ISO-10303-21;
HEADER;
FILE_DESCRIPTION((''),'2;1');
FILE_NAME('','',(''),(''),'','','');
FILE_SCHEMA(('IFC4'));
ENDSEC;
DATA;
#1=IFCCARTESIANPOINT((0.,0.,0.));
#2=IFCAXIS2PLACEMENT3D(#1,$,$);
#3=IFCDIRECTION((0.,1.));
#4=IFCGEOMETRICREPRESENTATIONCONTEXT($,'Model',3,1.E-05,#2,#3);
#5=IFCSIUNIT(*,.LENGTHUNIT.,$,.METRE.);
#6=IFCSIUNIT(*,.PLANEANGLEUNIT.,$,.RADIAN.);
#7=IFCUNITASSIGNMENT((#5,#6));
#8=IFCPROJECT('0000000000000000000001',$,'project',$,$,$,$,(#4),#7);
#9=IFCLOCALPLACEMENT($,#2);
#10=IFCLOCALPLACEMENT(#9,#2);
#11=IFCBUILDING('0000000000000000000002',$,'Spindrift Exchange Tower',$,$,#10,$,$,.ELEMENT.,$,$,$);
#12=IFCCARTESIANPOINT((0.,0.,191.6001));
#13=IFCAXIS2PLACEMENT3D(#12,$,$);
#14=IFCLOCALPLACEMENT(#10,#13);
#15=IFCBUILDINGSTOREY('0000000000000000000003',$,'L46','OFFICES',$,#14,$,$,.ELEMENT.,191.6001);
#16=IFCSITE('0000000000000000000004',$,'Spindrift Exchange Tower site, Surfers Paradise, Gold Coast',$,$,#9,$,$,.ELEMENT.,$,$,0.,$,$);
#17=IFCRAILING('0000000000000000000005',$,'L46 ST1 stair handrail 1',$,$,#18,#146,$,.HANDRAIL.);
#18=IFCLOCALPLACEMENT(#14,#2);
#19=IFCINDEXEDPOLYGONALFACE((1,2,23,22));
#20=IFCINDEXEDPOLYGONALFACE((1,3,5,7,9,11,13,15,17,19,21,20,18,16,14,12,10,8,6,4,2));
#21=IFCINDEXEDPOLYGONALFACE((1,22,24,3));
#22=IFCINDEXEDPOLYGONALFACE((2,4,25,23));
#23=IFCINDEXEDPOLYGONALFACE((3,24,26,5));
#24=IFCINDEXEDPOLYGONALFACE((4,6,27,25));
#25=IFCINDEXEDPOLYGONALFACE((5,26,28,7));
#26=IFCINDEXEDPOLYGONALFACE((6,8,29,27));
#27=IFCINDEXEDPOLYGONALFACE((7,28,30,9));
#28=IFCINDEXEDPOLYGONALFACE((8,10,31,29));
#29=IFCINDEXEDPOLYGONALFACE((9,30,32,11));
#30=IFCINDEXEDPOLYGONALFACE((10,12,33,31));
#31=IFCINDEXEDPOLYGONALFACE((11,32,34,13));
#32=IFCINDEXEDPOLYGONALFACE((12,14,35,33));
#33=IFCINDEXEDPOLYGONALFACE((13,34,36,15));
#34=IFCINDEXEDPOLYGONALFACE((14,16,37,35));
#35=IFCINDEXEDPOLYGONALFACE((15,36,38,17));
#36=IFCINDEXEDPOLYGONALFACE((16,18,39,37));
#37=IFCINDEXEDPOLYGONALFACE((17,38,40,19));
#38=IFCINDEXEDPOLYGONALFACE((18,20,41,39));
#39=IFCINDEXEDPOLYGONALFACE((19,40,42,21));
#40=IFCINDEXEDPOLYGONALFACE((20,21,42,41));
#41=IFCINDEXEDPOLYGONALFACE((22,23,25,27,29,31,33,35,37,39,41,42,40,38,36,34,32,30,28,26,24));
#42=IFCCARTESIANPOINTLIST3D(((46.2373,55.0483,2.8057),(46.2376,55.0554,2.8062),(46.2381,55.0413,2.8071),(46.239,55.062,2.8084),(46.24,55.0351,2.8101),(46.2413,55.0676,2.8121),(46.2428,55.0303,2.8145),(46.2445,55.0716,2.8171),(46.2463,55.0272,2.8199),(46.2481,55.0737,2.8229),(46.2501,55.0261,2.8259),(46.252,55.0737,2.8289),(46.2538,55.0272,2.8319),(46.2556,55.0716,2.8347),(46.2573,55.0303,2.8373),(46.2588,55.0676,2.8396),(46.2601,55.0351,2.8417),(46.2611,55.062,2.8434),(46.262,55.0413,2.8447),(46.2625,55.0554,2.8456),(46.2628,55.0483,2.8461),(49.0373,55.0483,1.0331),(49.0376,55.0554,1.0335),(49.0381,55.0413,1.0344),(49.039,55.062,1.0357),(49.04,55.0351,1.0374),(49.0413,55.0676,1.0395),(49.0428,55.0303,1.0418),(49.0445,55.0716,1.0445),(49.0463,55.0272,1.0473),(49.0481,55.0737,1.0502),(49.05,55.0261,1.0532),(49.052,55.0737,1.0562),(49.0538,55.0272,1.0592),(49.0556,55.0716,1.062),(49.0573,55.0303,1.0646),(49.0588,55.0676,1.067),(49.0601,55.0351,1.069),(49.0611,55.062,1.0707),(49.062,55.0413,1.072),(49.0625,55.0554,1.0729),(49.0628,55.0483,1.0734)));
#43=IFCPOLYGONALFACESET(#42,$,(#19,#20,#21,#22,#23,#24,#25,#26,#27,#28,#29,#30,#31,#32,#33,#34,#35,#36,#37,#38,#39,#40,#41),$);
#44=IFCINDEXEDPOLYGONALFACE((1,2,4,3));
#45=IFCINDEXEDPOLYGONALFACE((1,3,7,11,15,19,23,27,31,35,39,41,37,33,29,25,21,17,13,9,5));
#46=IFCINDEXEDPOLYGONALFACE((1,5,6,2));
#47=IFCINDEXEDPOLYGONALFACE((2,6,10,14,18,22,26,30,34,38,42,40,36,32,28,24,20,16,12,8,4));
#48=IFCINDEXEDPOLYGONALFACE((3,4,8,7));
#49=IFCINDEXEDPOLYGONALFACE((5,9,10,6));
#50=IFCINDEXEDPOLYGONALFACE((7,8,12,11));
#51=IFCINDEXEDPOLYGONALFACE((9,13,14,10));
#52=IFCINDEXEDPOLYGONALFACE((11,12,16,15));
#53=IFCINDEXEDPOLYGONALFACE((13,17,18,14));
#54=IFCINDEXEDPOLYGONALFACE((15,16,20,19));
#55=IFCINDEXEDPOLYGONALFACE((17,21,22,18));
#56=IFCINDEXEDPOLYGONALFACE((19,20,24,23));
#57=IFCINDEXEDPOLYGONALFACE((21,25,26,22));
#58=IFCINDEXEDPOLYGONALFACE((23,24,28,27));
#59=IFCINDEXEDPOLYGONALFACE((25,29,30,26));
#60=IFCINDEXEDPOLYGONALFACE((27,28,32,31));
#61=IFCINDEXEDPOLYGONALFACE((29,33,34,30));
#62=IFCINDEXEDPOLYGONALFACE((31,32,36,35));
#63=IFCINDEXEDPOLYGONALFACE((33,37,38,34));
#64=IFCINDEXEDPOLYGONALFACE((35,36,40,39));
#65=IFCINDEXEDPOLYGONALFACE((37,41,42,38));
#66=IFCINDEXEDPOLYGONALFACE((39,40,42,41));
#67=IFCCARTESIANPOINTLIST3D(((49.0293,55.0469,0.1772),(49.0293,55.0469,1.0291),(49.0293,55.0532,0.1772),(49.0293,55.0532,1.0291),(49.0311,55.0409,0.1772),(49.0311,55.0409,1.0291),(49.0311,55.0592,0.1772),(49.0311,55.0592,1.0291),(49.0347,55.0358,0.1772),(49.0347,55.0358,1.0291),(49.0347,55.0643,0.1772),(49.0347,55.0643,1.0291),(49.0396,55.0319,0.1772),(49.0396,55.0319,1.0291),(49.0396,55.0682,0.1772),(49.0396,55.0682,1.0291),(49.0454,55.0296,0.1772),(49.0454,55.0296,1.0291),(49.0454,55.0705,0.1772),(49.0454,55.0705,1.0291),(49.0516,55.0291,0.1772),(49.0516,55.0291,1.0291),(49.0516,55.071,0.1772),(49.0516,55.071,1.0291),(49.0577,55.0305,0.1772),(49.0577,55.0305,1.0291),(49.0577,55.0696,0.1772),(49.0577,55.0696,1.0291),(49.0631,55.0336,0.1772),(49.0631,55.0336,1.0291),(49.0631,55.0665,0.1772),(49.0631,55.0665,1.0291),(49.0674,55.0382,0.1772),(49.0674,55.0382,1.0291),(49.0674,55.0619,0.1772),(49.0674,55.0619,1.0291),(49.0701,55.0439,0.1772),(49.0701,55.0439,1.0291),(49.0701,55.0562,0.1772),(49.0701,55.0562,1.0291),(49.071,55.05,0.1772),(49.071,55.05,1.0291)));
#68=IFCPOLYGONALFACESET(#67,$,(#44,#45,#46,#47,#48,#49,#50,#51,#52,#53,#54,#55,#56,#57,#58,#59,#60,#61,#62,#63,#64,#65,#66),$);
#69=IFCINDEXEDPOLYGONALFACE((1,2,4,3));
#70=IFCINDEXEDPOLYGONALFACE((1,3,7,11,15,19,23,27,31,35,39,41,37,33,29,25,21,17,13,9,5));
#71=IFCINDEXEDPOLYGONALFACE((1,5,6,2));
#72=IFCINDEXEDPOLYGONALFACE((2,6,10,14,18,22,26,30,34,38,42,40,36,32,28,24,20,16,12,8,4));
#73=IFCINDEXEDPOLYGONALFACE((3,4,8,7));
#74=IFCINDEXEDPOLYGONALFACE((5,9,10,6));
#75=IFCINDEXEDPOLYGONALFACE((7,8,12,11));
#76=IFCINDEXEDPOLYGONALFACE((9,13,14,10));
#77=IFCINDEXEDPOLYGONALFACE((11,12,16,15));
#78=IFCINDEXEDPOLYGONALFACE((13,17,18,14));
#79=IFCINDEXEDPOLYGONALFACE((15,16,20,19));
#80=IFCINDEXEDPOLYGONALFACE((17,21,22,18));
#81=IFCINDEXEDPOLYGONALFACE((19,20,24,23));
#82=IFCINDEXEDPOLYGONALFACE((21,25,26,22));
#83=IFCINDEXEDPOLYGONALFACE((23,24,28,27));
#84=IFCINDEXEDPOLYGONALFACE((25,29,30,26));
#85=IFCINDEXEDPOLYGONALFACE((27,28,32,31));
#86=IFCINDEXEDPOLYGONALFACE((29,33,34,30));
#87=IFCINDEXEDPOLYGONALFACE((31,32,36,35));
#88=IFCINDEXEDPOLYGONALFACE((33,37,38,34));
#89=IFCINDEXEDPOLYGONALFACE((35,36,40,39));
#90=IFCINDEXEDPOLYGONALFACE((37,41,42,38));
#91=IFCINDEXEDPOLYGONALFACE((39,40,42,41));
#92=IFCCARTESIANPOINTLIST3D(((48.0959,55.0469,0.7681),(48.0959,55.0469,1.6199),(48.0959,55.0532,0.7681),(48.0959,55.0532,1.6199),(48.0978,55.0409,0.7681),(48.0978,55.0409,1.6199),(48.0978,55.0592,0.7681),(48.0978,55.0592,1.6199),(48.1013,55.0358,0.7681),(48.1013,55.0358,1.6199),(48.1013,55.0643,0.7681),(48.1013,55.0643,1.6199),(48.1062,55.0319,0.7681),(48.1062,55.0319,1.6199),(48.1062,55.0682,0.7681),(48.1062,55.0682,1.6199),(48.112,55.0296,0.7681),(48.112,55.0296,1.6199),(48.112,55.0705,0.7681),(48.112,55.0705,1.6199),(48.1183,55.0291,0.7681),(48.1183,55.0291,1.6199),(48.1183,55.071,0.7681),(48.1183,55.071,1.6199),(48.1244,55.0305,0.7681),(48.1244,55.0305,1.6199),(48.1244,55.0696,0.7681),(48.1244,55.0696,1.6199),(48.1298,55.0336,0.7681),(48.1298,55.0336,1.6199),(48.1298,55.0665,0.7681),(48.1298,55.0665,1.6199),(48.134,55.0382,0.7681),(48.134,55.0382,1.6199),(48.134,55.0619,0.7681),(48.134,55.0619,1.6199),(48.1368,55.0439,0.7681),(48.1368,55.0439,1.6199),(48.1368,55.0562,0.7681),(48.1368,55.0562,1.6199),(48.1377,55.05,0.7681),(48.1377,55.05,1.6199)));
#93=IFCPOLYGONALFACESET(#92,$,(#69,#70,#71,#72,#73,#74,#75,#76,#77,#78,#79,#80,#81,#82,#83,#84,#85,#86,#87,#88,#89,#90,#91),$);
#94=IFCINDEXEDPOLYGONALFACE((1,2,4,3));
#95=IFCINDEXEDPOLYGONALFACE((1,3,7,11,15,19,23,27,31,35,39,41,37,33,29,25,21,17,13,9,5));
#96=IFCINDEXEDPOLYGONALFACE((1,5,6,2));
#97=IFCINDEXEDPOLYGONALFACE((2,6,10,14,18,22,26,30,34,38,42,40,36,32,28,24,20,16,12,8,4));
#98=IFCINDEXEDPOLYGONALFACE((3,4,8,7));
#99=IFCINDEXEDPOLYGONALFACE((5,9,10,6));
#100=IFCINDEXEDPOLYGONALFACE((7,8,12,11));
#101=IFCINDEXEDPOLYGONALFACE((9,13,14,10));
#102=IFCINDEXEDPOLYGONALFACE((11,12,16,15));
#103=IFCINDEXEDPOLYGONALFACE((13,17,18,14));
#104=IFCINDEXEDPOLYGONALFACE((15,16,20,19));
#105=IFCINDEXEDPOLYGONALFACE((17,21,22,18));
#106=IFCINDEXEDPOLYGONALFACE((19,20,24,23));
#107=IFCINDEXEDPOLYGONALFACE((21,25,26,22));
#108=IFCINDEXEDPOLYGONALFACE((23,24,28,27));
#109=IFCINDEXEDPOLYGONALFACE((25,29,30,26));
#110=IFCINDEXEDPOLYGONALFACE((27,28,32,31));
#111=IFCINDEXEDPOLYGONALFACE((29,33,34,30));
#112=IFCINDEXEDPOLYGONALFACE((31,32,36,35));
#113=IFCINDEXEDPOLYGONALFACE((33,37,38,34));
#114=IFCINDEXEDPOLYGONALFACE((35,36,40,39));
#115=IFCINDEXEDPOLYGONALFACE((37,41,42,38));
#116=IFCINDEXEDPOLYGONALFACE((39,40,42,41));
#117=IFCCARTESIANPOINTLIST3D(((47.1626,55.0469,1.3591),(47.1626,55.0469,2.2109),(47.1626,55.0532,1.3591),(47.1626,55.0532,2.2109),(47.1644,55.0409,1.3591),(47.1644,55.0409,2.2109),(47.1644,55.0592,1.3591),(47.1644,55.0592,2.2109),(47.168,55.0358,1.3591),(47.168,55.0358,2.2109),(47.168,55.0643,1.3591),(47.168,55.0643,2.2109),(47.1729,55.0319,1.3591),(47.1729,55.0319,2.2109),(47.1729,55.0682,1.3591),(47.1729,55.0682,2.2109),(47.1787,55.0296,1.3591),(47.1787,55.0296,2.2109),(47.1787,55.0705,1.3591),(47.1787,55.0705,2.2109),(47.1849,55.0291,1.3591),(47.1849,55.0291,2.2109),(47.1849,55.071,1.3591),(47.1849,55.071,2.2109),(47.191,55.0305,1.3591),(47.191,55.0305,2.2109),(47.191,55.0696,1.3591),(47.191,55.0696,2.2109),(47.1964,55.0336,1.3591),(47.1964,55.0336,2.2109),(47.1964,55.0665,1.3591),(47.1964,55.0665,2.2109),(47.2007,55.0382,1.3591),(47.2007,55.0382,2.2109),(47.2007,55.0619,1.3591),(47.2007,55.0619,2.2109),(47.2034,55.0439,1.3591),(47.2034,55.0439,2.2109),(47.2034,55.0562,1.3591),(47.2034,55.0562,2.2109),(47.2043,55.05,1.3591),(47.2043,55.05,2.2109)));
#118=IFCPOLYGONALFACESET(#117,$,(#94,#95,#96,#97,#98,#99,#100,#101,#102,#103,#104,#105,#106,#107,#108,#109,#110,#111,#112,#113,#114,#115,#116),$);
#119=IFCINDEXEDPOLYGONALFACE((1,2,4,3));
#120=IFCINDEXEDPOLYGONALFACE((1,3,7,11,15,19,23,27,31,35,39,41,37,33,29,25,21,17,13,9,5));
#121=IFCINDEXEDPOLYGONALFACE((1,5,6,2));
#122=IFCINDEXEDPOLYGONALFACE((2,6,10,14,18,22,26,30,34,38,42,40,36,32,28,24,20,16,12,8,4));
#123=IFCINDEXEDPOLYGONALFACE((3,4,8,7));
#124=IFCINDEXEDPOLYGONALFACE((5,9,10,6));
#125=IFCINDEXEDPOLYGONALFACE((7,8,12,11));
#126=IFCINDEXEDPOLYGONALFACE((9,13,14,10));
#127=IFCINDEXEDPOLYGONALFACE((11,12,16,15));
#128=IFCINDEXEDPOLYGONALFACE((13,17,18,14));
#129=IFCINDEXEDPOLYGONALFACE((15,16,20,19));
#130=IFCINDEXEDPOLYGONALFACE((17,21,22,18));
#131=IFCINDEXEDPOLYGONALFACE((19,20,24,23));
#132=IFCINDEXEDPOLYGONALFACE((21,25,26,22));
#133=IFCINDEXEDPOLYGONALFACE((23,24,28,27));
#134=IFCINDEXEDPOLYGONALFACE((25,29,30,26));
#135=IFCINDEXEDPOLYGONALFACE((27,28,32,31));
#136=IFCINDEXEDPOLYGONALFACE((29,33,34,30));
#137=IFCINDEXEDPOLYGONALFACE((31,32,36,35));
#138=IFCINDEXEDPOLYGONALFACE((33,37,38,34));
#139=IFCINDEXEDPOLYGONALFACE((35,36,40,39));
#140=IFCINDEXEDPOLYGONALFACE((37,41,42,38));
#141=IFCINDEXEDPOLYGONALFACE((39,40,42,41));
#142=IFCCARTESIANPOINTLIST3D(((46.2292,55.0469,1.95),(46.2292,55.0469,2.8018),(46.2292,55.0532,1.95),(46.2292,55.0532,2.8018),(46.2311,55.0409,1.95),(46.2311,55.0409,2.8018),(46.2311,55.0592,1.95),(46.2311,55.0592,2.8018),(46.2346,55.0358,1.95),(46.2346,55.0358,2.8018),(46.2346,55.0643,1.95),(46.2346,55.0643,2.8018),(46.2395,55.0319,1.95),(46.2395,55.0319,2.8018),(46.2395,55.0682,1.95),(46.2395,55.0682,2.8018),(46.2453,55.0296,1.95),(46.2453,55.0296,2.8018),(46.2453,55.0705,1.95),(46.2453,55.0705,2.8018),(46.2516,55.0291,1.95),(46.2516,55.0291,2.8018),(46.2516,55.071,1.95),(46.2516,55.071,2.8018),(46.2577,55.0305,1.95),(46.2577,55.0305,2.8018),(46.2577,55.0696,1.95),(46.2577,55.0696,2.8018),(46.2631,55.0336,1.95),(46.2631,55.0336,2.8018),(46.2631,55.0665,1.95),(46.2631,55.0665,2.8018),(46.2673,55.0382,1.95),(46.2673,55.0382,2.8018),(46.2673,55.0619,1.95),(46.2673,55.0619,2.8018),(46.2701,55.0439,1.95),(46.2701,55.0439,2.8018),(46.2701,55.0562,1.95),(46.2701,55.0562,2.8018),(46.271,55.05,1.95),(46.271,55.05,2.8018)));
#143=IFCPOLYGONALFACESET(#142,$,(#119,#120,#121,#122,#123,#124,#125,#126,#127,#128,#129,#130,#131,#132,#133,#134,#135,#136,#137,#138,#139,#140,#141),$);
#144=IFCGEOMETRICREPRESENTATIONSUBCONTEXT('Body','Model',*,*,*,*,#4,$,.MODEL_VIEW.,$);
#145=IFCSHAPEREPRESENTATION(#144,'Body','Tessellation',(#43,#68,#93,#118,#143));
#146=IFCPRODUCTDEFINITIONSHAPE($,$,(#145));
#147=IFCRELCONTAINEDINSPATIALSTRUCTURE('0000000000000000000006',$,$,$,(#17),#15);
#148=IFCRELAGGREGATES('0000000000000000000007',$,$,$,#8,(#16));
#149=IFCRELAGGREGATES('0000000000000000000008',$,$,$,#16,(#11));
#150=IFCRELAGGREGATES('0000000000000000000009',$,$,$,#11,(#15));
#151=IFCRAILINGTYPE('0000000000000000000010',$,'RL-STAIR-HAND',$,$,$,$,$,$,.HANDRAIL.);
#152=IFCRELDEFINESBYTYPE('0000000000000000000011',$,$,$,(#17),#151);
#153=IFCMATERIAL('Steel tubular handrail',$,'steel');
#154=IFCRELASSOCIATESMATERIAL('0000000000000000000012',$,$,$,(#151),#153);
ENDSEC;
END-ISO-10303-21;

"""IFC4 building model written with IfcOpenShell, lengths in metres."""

from ifc_helpers import new_model, si_unit, direction, frame, origin, origin_2d, place, context, subcontext, project, spatial, circle, extrude, material, type_object, element, save


model = new_model("IFC4")

# Units and contexts
model_context = context("Model", 3, precision=1e-05, world=origin(), true_north=direction((0.0, 1.0)))
body_context = subcontext(model_context, "Body", "Model", "MODEL_VIEW")
ifc_project = project(units=[si_unit("LENGTHUNIT", "METRE"), si_unit("PLANEANGLEUNIT", "RADIAN")], contexts=[model_context])

# Site, building, storey
site_placement = place(None, origin())
site = spatial("IfcSite", under=ifc_project, at=site_placement, Name="Spindrift Exchange Tower site, Surfers Paradise, Gold Coast", CompositionType="ELEMENT", RefElevation=0.0)
building_placement = place(site_placement, origin())
building = spatial("IfcBuilding", under=site, at=building_placement, Name="Spindrift Exchange Tower", CompositionType="ELEMENT")
storey_placement = place(building_placement, frame((0.0, 0.0, 191.6001)))
storey = spatial("IfcBuildingStorey", under=building, at=storey_placement, Name="L46", Description="OFFICES", CompositionType="ELEMENT", Elevation=191.6001)

# Railing
ifc_material_1 = material(Name="Steel tubular handrail", Category="steel")
railing_type_1 = type_object("IfcRailingType", Name="RL-STAIR-HAND", PredefinedType="HANDRAIL", material=ifc_material_1)
railing_1_placement = place(storey_placement, frame((49.05, 55.05, 0.1772)))
element("IfcRailing", 1, at=railing_1_placement, inside=storey, type_object=railing_type_1, Name="L46 ST1 stair handrail 1", PredefinedType="HANDRAIL", context=body_context, shape_type="SweptSolid", body=[
    extrude(circle(Radius=0.0239, at=origin_2d()), frame((0.0, 0.0, 0.876), z_axis=(-0.844909, 0.0, 0.53491), x_axis=(0.0, -1.0, 0.0)), (0.0, 0.0, 1.0), 3.314),
    extrude(circle(Radius=0.021, at=origin_2d()), origin(), (0.0, 0.0, 1.0), 0.8518),
    extrude(circle(Radius=0.021, at=origin_2d()), frame((-0.9333, 0.0, 0.5908)), (0.0, 0.0, 1.0), 0.8518),
    extrude(circle(Radius=0.021, at=origin_2d()), frame((-1.8667, 0.0, 1.1819)), (0.0, 0.0, 1.0), 0.8518),
    extrude(circle(Radius=0.021, at=origin_2d()), frame((-2.8, 0.0, 1.7727)), (0.0, 0.0, 1.0), 0.8518),
])

save(model, "model.ifc")
